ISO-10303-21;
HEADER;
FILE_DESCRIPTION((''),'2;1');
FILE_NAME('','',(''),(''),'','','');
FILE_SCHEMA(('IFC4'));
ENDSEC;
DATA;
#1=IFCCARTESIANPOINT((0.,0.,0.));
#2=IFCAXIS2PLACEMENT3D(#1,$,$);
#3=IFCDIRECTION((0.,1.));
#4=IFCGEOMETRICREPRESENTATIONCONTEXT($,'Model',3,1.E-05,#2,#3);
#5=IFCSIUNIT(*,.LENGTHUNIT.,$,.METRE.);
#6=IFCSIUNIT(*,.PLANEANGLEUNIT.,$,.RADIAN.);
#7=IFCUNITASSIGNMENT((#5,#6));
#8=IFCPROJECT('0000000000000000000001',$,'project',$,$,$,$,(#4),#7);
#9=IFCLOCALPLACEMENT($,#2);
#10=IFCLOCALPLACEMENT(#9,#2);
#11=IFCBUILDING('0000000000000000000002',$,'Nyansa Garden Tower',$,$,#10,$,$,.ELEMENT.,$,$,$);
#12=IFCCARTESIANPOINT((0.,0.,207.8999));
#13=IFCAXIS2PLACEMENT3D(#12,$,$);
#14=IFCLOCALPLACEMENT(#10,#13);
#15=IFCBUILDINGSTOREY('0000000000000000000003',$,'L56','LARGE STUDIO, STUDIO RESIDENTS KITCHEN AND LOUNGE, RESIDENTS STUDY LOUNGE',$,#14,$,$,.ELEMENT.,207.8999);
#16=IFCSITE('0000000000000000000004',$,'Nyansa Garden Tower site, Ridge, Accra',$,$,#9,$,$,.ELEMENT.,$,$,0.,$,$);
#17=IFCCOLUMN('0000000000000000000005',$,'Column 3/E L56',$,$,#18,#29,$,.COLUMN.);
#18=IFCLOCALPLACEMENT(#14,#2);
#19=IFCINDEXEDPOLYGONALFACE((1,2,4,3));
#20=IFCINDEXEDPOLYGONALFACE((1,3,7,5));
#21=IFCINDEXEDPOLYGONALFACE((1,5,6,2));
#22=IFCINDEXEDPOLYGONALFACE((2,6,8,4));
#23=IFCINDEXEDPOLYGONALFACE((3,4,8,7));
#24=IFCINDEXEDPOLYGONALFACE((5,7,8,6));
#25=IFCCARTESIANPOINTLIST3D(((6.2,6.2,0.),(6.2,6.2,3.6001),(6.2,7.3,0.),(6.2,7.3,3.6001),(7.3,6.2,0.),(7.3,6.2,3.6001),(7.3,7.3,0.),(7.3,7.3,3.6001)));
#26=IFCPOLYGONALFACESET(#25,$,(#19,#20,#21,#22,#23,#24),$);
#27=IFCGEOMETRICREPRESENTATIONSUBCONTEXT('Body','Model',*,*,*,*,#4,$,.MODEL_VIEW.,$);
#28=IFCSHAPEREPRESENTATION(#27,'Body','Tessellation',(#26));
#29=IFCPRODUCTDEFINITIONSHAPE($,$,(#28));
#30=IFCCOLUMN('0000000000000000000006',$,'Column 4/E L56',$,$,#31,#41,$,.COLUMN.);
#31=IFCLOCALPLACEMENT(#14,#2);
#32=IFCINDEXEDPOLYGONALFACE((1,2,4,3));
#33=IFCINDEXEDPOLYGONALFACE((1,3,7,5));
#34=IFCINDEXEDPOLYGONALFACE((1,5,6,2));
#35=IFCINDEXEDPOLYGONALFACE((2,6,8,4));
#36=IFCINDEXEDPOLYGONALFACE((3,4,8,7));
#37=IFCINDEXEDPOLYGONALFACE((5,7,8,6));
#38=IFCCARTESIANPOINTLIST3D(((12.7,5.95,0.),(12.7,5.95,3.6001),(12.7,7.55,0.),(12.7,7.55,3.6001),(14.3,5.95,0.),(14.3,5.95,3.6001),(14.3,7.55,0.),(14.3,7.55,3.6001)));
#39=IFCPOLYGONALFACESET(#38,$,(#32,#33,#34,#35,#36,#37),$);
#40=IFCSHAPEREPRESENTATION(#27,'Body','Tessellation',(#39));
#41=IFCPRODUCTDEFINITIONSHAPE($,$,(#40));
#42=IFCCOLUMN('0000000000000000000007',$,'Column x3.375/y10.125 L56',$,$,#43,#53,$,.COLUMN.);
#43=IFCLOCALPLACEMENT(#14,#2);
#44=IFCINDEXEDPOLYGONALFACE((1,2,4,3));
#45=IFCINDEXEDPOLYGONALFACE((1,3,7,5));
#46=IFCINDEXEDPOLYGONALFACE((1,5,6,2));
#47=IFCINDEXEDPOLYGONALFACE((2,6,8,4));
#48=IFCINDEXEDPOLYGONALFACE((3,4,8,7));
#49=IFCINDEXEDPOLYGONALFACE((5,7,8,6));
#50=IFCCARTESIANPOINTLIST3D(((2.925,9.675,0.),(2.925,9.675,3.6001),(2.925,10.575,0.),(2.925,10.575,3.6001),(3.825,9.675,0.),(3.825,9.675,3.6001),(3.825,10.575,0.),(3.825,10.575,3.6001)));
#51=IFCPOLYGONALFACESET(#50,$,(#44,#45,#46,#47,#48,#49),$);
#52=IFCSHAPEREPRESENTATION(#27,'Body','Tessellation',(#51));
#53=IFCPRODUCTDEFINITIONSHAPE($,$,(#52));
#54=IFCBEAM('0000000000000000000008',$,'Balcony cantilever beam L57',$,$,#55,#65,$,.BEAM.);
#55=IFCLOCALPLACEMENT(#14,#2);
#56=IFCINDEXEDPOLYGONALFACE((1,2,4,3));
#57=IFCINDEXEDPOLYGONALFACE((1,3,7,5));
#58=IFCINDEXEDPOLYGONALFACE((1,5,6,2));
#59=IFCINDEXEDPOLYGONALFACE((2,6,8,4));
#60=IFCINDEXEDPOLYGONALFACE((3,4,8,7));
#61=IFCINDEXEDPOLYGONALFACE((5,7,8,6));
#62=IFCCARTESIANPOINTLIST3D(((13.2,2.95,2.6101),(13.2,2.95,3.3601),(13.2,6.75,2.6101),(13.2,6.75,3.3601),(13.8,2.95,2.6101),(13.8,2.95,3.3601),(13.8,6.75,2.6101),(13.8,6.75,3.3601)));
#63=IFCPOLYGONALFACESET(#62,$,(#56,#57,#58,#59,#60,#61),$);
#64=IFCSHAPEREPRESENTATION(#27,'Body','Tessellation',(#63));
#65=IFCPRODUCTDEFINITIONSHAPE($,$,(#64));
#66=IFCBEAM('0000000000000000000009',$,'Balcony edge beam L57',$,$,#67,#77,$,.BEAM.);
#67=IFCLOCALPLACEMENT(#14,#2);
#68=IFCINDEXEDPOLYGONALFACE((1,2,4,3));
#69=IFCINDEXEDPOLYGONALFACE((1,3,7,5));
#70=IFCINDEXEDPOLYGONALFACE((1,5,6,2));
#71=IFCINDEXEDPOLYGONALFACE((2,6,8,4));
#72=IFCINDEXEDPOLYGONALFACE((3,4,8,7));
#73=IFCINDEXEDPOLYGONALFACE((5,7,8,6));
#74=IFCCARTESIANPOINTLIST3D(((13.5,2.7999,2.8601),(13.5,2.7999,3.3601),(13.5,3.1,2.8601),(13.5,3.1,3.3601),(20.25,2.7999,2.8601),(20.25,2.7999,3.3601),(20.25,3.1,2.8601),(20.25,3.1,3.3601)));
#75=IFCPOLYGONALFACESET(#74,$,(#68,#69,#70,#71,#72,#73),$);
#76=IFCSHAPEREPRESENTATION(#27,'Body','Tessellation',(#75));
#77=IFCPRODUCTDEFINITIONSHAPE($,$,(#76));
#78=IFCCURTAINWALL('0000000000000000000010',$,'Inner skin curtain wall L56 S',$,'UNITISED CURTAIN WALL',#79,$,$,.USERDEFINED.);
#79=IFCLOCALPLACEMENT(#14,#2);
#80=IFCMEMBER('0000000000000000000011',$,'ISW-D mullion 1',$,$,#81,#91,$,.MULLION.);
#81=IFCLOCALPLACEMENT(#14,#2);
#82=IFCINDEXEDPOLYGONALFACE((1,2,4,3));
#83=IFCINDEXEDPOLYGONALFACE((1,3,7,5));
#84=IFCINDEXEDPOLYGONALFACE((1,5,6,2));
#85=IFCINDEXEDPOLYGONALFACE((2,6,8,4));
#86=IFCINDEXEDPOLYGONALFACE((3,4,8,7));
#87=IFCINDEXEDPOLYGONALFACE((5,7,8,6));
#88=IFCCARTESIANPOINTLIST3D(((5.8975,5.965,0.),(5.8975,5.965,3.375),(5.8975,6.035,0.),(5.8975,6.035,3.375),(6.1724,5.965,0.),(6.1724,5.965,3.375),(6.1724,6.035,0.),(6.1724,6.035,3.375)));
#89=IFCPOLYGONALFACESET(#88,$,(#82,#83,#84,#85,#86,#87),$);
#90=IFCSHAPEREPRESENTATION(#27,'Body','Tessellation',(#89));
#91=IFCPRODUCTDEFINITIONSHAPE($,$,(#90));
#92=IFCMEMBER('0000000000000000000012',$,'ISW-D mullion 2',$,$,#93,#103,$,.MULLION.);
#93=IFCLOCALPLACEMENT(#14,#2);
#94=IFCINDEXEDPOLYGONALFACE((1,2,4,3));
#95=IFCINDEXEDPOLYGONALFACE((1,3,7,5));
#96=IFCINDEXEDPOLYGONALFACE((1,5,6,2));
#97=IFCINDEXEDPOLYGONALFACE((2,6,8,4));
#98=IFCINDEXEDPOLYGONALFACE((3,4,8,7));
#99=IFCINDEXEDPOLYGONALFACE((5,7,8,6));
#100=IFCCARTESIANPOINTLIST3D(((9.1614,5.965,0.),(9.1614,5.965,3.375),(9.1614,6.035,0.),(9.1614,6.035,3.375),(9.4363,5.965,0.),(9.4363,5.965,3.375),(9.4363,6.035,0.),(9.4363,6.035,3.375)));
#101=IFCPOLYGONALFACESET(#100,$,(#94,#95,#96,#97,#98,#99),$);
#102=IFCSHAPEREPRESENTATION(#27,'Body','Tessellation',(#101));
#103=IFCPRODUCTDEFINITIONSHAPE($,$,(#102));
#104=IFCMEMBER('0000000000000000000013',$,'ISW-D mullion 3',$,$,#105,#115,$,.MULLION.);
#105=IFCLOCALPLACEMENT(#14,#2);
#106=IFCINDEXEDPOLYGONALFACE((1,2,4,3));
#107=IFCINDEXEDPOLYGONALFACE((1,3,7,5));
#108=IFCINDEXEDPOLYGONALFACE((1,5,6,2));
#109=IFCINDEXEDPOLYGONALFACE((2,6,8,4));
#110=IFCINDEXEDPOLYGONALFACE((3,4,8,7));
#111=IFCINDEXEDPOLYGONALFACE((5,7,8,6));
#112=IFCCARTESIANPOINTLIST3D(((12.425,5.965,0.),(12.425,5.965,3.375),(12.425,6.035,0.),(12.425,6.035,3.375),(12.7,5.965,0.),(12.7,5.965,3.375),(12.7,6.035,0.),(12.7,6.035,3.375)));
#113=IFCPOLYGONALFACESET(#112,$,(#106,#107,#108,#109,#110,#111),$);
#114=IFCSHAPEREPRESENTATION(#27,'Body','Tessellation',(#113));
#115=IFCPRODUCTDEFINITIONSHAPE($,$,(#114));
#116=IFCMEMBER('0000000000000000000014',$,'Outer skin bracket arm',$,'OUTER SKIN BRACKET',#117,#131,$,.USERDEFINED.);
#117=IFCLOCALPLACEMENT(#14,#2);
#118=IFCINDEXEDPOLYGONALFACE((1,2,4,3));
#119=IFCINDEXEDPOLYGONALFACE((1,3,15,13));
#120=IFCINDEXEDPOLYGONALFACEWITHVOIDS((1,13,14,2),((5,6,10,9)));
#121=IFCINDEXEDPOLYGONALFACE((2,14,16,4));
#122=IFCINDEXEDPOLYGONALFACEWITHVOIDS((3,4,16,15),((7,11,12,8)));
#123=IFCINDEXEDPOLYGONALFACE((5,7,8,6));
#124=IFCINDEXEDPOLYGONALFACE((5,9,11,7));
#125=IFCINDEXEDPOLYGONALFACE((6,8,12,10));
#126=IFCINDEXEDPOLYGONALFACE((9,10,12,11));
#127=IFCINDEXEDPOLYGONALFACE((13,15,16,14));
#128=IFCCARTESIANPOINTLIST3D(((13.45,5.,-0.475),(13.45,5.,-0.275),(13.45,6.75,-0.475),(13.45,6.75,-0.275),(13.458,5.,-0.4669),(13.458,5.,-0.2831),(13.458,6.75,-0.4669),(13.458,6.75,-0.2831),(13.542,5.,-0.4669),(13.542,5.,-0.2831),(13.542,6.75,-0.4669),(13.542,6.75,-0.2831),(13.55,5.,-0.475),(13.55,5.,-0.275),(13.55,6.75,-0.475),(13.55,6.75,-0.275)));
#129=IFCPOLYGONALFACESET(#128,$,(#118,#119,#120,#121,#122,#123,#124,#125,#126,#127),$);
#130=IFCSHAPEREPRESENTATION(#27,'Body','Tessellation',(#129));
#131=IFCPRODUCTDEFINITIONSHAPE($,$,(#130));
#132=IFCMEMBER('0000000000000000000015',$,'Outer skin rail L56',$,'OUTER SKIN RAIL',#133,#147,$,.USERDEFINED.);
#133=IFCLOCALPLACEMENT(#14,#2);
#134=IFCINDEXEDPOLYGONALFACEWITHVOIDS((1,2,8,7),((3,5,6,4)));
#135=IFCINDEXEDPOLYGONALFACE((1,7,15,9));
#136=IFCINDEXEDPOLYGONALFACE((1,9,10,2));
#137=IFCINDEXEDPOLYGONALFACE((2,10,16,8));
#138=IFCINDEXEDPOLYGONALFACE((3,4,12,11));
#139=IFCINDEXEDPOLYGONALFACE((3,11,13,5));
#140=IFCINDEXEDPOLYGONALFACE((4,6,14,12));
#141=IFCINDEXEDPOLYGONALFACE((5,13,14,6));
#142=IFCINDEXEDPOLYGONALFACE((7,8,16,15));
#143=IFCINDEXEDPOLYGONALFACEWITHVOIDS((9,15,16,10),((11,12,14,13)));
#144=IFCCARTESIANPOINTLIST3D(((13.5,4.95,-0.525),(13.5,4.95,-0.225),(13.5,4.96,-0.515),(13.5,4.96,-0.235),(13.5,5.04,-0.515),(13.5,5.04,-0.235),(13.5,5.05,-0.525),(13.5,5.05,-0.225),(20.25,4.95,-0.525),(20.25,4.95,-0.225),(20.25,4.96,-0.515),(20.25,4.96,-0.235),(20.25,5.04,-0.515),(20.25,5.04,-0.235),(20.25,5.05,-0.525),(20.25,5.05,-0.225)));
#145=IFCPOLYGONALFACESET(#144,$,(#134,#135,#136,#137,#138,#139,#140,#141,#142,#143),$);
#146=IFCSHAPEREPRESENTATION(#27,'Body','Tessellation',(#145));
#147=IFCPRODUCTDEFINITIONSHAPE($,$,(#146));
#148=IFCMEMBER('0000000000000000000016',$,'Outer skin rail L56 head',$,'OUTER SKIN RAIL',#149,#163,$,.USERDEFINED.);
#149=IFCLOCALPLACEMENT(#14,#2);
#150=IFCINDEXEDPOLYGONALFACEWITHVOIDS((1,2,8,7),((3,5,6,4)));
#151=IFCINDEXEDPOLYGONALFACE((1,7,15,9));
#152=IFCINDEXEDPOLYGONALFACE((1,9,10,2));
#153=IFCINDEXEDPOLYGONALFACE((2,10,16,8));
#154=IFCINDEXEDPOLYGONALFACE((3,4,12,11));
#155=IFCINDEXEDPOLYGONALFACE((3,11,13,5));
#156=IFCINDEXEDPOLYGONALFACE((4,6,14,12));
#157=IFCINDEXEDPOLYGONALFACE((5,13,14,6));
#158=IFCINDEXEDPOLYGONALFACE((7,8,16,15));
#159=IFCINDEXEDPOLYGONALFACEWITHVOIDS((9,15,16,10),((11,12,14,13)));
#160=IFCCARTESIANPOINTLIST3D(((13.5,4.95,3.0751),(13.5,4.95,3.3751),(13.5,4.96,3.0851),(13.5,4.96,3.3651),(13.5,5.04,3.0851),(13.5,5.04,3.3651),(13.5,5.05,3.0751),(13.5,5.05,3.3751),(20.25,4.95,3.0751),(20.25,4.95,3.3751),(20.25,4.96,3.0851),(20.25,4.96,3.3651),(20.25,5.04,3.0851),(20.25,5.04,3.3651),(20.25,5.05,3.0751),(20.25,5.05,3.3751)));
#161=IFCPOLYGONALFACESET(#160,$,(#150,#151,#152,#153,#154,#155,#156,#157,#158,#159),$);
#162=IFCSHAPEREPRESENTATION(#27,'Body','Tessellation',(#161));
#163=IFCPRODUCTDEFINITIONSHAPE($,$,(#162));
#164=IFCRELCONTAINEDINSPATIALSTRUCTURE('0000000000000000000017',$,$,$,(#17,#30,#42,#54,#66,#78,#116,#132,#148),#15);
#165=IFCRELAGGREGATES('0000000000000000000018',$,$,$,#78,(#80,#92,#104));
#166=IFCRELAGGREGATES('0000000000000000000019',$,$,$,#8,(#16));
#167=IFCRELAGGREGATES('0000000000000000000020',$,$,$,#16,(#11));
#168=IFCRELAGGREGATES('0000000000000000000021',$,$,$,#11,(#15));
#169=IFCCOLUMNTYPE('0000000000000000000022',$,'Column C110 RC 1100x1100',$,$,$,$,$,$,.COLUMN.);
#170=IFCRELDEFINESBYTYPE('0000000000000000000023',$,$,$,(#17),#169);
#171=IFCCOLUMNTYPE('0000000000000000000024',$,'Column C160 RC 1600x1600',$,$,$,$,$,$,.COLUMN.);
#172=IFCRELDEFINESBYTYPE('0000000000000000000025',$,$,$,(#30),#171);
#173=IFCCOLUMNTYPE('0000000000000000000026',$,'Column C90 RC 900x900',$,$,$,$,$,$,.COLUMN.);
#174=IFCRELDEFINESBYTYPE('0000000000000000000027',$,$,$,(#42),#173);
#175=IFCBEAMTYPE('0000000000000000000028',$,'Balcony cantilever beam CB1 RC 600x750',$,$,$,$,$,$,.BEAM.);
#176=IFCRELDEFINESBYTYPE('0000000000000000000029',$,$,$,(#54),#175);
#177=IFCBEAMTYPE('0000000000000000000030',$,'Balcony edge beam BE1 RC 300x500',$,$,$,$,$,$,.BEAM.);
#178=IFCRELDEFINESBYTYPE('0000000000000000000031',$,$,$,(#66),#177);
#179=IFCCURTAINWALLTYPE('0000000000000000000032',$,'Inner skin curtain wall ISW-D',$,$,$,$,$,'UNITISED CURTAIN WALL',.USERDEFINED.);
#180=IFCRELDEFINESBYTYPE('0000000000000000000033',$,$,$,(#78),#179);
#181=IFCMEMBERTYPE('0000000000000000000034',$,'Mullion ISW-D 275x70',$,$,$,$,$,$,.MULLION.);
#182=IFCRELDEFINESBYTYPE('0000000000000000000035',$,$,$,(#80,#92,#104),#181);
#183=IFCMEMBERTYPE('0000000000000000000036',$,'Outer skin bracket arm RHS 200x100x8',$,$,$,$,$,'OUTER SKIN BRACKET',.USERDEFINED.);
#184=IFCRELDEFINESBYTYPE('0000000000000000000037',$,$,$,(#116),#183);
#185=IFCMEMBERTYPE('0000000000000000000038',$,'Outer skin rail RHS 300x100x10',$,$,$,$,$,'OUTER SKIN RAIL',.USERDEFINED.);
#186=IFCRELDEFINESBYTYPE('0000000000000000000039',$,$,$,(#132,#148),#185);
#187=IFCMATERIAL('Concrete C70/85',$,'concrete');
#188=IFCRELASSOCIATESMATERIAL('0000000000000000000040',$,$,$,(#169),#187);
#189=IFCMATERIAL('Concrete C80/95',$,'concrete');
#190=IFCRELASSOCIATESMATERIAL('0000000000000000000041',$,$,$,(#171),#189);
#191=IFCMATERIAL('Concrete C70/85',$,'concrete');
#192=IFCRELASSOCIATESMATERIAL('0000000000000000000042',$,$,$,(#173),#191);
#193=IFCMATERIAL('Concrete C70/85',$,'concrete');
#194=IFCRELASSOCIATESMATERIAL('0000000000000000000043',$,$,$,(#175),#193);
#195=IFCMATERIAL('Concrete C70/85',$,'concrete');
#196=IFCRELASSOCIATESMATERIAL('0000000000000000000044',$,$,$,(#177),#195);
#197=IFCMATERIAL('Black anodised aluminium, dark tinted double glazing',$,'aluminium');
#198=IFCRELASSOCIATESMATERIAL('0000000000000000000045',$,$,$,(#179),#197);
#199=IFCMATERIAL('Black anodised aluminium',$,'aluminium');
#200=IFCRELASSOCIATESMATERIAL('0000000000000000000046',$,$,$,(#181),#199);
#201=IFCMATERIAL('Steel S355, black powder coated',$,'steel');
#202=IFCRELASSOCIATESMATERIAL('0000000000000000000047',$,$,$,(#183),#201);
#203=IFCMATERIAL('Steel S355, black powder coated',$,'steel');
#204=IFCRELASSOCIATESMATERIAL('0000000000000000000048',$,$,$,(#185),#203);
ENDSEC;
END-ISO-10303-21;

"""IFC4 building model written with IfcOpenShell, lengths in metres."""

from ifc_helpers import new_model, si_unit, direction, frame, origin, origin_2d, place, context, subcontext, project, spatial, rectangle, hollow_rectangle, extrude, material, material_profile, profile_set, type_object, element, aggregate, save


model = new_model("IFC4")

# Units and contexts
model_context = context("Model", 3, precision=1e-05, world=origin(), true_north=direction((0.0, 1.0)))
body_context = subcontext(model_context, "Body", "Model", "MODEL_VIEW")
ifc_project = project(units=[si_unit("LENGTHUNIT", "METRE"), si_unit("PLANEANGLEUNIT", "RADIAN")], contexts=[model_context])

# Site, building, storey
site_placement = place(None, origin())
site = spatial("IfcSite", under=ifc_project, at=site_placement, Name="Nyansa Garden Tower site, Ridge, Accra", CompositionType="ELEMENT", RefElevation=0.0)
building_placement = place(site_placement, origin())
building = spatial("IfcBuilding", under=site, at=building_placement, Name="Nyansa Garden Tower", CompositionType="ELEMENT")
storey_placement = place(building_placement, frame((0.0, 0.0, 207.8999)))
storey = spatial("IfcBuildingStorey", under=building, at=storey_placement, Name="L56", Description="LARGE STUDIO, STUDIO RESIDENTS KITCHEN AND LOUNGE, RESIDENTS STUDY LOUNGE", CompositionType="ELEMENT", Elevation=207.8999)

# Columns
ifc_material_1 = material(Name="Concrete C70/85", Category="concrete")
ifc_material_profile_1 = material_profile(ifc_material_1, rectangle(XDim=1.1001, YDim=1.1001, at=origin_2d()), Name="RC 1100x1100")
ifc_profile_set_1 = profile_set([ifc_material_profile_1], Name="Concrete C70/85")
column_type_1 = type_object("IfcColumnType", Name="Column C110 RC 1100x1100", PredefinedType="COLUMN", material=ifc_profile_set_1)
column_1_placement = place(storey_placement, frame((6.75, 6.75, 0.0), z_axis=(0.0, 0.0, 1.0), x_axis=(1.0, 0.0, 0.0)))
element("IfcColumn", 1, at=column_1_placement, inside=storey, type_object=column_type_1, Name="Column 3/E L56", PredefinedType="COLUMN", context=body_context, shape_type="SweptSolid", body=[
    extrude(rectangle(XDim=1.1001, YDim=1.1001, at=origin_2d()), origin(), (0.0, 0.0, 1.0), 3.6001),
])
ifc_material_2 = material(Name="Concrete C80/95", Category="concrete")
ifc_material_profile_2 = material_profile(ifc_material_2, rectangle(XDim=1.6001, YDim=1.6001, at=origin_2d()), Name="RC 1600x1600")
ifc_profile_set_2 = profile_set([ifc_material_profile_2], Name="Concrete C80/95")
column_type_2 = type_object("IfcColumnType", Name="Column C160 RC 1600x1600", PredefinedType="COLUMN", material=ifc_profile_set_2)
column_2_placement = place(storey_placement, frame((13.5, 6.75, 0.0), z_axis=(0.0, 0.0, 1.0), x_axis=(1.0, 0.0, 0.0)))
element("IfcColumn", 2, at=column_2_placement, inside=storey, type_object=column_type_2, Name="Column 4/E L56", PredefinedType="COLUMN", context=body_context, shape_type="SweptSolid", body=[
    extrude(rectangle(XDim=1.6001, YDim=1.6001, at=origin_2d()), origin(), (0.0, 0.0, 1.0), 3.6001),
])
ifc_material_3 = material(Name="Concrete C70/85", Category="concrete")
ifc_material_profile_3 = material_profile(ifc_material_3, rectangle(XDim=0.8999, YDim=0.8999, at=origin_2d()), Name="RC 900x900")
ifc_profile_set_3 = profile_set([ifc_material_profile_3], Name="Concrete C70/85")
column_type_3 = type_object("IfcColumnType", Name="Column C90 RC 900x900", PredefinedType="COLUMN", material=ifc_profile_set_3)
column_3_placement = place(storey_placement, frame((3.375, 10.125, 0.0), z_axis=(0.0, 0.0, 1.0), x_axis=(1.0, 0.0, 0.0)))
element("IfcColumn", 3, at=column_3_placement, inside=storey, type_object=column_type_3, Name="Column x3.375/y10.125 L56", PredefinedType="COLUMN", context=body_context, shape_type="SweptSolid", body=[
    extrude(rectangle(XDim=0.8999, YDim=0.8999, at=origin_2d()), origin(), (0.0, 0.0, 1.0), 3.6001),
])

# Beams
ifc_material_4 = material(Name="Concrete C70/85", Category="concrete")
ifc_material_profile_4 = material_profile(ifc_material_4, rectangle(XDim=0.6001, YDim=0.75, at=origin_2d()), Name="RC 600x750")
ifc_profile_set_4 = profile_set([ifc_material_profile_4], Name="Concrete C70/85")
beam_type_1 = type_object("IfcBeamType", Name="Balcony cantilever beam CB1 RC 600x750", PredefinedType="BEAM", material=ifc_profile_set_4)
beam_1_placement = place(storey_placement, frame((13.5, 6.75, 2.9851), z_axis=(0.0, -1.0, 0.0), x_axis=(1.0, 0.0, 0.0)))
element("IfcBeam", 4, at=beam_1_placement, inside=storey, type_object=beam_type_1, Name="Balcony cantilever beam L57", PredefinedType="BEAM", context=body_context, shape_type="SweptSolid", body=[
    extrude(rectangle(XDim=0.6001, YDim=0.75, at=origin_2d()), origin(), (0.0, 0.0, 1.0), 3.8),
])
ifc_material_5 = material(Name="Concrete C70/85", Category="concrete")
ifc_material_profile_5 = material_profile(ifc_material_5, rectangle(XDim=0.3, YDim=0.5, at=origin_2d()), Name="RC 300x500")
ifc_profile_set_5 = profile_set([ifc_material_profile_5], Name="Concrete C70/85")
beam_type_2 = type_object("IfcBeamType", Name="Balcony edge beam BE1 RC 300x500", PredefinedType="BEAM", material=ifc_profile_set_5)
beam_2_placement = place(storey_placement, frame((13.5, 2.95, 3.1101), z_axis=(1.0, 0.0, 0.0), x_axis=(0.0, 1.0, 0.0)))
element("IfcBeam", 5, at=beam_2_placement, inside=storey, type_object=beam_type_2, Name="Balcony edge beam L57", PredefinedType="BEAM", context=body_context, shape_type="SweptSolid", body=[
    extrude(rectangle(XDim=0.3, YDim=0.5, at=origin_2d()), origin(), (0.0, 0.0, 1.0), 6.75),
])

# Curtain wall, members
ifc_material_6 = material(Name="Black anodised aluminium, dark tinted double glazing", Category="aluminium")
curtain_wall_type = type_object("IfcCurtainWallType", Name="Inner skin curtain wall ISW-D", ElementType="UNITISED CURTAIN WALL", PredefinedType="USERDEFINED", material=ifc_material_6)
curtain_wall_placement = place(storey_placement, origin())
curtain_wall = element("IfcCurtainWall", 6, at=curtain_wall_placement, inside=storey, type_object=curtain_wall_type, Name="Inner skin curtain wall L56 S", ObjectType="UNITISED CURTAIN WALL", PredefinedType="USERDEFINED")
ifc_material_7 = material(Name="Black anodised aluminium", Category="aluminium")
ifc_material_profile_6 = material_profile(ifc_material_7, rectangle(XDim=0.0701, YDim=0.2749, at=origin_2d()), Name="Mullion 275x70")
ifc_profile_set_6 = profile_set([ifc_material_profile_6], Name="Black anodised aluminium")
member_type_1 = type_object("IfcMemberType", Name="Mullion ISW-D 275x70", PredefinedType="MULLION", material=ifc_profile_set_6)
member_1_placement = place(storey_placement, frame((6.0349, 6.0, 0.0), z_axis=(0.0, 0.0, 1.0), x_axis=(0.0, 1.0, 0.0)))
member_1 = element("IfcMember", 7, at=member_1_placement, type_object=member_type_1, Name="ISW-D mullion 1", PredefinedType="MULLION", context=body_context, shape_type="SweptSolid", body=[
    extrude(rectangle(XDim=0.0701, YDim=0.2749, at=origin_2d()), origin(), (0.0, 0.0, 1.0), 3.375),
])
member_2_placement = place(storey_placement, frame((9.2988, 6.0, 0.0), z_axis=(0.0, 0.0, 1.0), x_axis=(0.0, 1.0, 0.0)))
member_2 = element("IfcMember", 8, at=member_2_placement, type_object=member_type_1, Name="ISW-D mullion 2", PredefinedType="MULLION", context=body_context, shape_type="SweptSolid", body=[
    extrude(rectangle(XDim=0.0701, YDim=0.2749, at=origin_2d()), origin(), (0.0, 0.0, 1.0), 3.375),
])
member_3_placement = place(storey_placement, frame((12.5625, 6.0, 0.0), z_axis=(0.0, 0.0, 1.0), x_axis=(0.0, 1.0, 0.0)))
member_3 = element("IfcMember", 9, at=member_3_placement, type_object=member_type_1, Name="ISW-D mullion 3", PredefinedType="MULLION", context=body_context, shape_type="SweptSolid", body=[
    extrude(rectangle(XDim=0.0701, YDim=0.2749, at=origin_2d()), origin(), (0.0, 0.0, 1.0), 3.375),
])

# Members
ifc_material_8 = material(Name="Steel S355, black powder coated", Category="steel")
ifc_material_profile_7 = material_profile(ifc_material_8, hollow_rectangle(XDim=0.1001, YDim=0.2, WallThickness=0.0081, at=origin_2d()), Name="RHS 200x100x8")
ifc_profile_set_7 = profile_set([ifc_material_profile_7], Name="Steel S355, black powder coated")
member_type_2 = type_object("IfcMemberType", Name="Outer skin bracket arm RHS 200x100x8", ElementType="OUTER SKIN BRACKET", PredefinedType="USERDEFINED", material=ifc_profile_set_7)
member_4_placement = place(storey_placement, frame((13.5, 6.75, -0.375), z_axis=(0.0, -1.0, 0.0), x_axis=(1.0, 0.0, 0.0)))
element("IfcMember", 10, at=member_4_placement, inside=storey, type_object=member_type_2, Name="Outer skin bracket arm", ObjectType="OUTER SKIN BRACKET", PredefinedType="USERDEFINED", context=body_context, shape_type="SweptSolid", body=[
    extrude(hollow_rectangle(XDim=0.1001, YDim=0.2, WallThickness=0.0081, at=origin_2d()), origin(), (0.0, 0.0, 1.0), 1.75),
])
ifc_material_9 = material(Name="Steel S355, black powder coated", Category="steel")
ifc_material_profile_8 = material_profile(ifc_material_9, hollow_rectangle(XDim=0.1001, YDim=0.3, WallThickness=0.01, at=origin_2d()), Name="RHS 300x100x10")
ifc_profile_set_8 = profile_set([ifc_material_profile_8], Name="Steel S355, black powder coated")
member_type_3 = type_object("IfcMemberType", Name="Outer skin rail RHS 300x100x10", ElementType="OUTER SKIN RAIL", PredefinedType="USERDEFINED", material=ifc_profile_set_8)
for number, where, z_axis, x_axis, name in (
    (11, (13.5, 5.0, -0.375), (1.0, 0.0, 0.0), (0.0, 1.0, 0.0), "Outer skin rail L56"),
    (12, (13.5, 5.0, 3.2251), (1.0, 0.0, 0.0), (0.0, 1.0, 0.0), "Outer skin rail L56 head"),
):
    element("IfcMember", number, at=place(storey_placement, frame(where, z_axis=z_axis, x_axis=x_axis)), inside=storey, type_object=member_type_3, Name=name, ObjectType="OUTER SKIN RAIL", PredefinedType="USERDEFINED", context=body_context, shape_type="SweptSolid", body=[
        extrude(hollow_rectangle(XDim=0.1001, YDim=0.3, WallThickness=0.01, at=origin_2d()), origin(), (0.0, 0.0, 1.0), 6.75),
    ])

aggregate(curtain_wall, [member_1, member_2, member_3])

save(model, "model.ifc")
